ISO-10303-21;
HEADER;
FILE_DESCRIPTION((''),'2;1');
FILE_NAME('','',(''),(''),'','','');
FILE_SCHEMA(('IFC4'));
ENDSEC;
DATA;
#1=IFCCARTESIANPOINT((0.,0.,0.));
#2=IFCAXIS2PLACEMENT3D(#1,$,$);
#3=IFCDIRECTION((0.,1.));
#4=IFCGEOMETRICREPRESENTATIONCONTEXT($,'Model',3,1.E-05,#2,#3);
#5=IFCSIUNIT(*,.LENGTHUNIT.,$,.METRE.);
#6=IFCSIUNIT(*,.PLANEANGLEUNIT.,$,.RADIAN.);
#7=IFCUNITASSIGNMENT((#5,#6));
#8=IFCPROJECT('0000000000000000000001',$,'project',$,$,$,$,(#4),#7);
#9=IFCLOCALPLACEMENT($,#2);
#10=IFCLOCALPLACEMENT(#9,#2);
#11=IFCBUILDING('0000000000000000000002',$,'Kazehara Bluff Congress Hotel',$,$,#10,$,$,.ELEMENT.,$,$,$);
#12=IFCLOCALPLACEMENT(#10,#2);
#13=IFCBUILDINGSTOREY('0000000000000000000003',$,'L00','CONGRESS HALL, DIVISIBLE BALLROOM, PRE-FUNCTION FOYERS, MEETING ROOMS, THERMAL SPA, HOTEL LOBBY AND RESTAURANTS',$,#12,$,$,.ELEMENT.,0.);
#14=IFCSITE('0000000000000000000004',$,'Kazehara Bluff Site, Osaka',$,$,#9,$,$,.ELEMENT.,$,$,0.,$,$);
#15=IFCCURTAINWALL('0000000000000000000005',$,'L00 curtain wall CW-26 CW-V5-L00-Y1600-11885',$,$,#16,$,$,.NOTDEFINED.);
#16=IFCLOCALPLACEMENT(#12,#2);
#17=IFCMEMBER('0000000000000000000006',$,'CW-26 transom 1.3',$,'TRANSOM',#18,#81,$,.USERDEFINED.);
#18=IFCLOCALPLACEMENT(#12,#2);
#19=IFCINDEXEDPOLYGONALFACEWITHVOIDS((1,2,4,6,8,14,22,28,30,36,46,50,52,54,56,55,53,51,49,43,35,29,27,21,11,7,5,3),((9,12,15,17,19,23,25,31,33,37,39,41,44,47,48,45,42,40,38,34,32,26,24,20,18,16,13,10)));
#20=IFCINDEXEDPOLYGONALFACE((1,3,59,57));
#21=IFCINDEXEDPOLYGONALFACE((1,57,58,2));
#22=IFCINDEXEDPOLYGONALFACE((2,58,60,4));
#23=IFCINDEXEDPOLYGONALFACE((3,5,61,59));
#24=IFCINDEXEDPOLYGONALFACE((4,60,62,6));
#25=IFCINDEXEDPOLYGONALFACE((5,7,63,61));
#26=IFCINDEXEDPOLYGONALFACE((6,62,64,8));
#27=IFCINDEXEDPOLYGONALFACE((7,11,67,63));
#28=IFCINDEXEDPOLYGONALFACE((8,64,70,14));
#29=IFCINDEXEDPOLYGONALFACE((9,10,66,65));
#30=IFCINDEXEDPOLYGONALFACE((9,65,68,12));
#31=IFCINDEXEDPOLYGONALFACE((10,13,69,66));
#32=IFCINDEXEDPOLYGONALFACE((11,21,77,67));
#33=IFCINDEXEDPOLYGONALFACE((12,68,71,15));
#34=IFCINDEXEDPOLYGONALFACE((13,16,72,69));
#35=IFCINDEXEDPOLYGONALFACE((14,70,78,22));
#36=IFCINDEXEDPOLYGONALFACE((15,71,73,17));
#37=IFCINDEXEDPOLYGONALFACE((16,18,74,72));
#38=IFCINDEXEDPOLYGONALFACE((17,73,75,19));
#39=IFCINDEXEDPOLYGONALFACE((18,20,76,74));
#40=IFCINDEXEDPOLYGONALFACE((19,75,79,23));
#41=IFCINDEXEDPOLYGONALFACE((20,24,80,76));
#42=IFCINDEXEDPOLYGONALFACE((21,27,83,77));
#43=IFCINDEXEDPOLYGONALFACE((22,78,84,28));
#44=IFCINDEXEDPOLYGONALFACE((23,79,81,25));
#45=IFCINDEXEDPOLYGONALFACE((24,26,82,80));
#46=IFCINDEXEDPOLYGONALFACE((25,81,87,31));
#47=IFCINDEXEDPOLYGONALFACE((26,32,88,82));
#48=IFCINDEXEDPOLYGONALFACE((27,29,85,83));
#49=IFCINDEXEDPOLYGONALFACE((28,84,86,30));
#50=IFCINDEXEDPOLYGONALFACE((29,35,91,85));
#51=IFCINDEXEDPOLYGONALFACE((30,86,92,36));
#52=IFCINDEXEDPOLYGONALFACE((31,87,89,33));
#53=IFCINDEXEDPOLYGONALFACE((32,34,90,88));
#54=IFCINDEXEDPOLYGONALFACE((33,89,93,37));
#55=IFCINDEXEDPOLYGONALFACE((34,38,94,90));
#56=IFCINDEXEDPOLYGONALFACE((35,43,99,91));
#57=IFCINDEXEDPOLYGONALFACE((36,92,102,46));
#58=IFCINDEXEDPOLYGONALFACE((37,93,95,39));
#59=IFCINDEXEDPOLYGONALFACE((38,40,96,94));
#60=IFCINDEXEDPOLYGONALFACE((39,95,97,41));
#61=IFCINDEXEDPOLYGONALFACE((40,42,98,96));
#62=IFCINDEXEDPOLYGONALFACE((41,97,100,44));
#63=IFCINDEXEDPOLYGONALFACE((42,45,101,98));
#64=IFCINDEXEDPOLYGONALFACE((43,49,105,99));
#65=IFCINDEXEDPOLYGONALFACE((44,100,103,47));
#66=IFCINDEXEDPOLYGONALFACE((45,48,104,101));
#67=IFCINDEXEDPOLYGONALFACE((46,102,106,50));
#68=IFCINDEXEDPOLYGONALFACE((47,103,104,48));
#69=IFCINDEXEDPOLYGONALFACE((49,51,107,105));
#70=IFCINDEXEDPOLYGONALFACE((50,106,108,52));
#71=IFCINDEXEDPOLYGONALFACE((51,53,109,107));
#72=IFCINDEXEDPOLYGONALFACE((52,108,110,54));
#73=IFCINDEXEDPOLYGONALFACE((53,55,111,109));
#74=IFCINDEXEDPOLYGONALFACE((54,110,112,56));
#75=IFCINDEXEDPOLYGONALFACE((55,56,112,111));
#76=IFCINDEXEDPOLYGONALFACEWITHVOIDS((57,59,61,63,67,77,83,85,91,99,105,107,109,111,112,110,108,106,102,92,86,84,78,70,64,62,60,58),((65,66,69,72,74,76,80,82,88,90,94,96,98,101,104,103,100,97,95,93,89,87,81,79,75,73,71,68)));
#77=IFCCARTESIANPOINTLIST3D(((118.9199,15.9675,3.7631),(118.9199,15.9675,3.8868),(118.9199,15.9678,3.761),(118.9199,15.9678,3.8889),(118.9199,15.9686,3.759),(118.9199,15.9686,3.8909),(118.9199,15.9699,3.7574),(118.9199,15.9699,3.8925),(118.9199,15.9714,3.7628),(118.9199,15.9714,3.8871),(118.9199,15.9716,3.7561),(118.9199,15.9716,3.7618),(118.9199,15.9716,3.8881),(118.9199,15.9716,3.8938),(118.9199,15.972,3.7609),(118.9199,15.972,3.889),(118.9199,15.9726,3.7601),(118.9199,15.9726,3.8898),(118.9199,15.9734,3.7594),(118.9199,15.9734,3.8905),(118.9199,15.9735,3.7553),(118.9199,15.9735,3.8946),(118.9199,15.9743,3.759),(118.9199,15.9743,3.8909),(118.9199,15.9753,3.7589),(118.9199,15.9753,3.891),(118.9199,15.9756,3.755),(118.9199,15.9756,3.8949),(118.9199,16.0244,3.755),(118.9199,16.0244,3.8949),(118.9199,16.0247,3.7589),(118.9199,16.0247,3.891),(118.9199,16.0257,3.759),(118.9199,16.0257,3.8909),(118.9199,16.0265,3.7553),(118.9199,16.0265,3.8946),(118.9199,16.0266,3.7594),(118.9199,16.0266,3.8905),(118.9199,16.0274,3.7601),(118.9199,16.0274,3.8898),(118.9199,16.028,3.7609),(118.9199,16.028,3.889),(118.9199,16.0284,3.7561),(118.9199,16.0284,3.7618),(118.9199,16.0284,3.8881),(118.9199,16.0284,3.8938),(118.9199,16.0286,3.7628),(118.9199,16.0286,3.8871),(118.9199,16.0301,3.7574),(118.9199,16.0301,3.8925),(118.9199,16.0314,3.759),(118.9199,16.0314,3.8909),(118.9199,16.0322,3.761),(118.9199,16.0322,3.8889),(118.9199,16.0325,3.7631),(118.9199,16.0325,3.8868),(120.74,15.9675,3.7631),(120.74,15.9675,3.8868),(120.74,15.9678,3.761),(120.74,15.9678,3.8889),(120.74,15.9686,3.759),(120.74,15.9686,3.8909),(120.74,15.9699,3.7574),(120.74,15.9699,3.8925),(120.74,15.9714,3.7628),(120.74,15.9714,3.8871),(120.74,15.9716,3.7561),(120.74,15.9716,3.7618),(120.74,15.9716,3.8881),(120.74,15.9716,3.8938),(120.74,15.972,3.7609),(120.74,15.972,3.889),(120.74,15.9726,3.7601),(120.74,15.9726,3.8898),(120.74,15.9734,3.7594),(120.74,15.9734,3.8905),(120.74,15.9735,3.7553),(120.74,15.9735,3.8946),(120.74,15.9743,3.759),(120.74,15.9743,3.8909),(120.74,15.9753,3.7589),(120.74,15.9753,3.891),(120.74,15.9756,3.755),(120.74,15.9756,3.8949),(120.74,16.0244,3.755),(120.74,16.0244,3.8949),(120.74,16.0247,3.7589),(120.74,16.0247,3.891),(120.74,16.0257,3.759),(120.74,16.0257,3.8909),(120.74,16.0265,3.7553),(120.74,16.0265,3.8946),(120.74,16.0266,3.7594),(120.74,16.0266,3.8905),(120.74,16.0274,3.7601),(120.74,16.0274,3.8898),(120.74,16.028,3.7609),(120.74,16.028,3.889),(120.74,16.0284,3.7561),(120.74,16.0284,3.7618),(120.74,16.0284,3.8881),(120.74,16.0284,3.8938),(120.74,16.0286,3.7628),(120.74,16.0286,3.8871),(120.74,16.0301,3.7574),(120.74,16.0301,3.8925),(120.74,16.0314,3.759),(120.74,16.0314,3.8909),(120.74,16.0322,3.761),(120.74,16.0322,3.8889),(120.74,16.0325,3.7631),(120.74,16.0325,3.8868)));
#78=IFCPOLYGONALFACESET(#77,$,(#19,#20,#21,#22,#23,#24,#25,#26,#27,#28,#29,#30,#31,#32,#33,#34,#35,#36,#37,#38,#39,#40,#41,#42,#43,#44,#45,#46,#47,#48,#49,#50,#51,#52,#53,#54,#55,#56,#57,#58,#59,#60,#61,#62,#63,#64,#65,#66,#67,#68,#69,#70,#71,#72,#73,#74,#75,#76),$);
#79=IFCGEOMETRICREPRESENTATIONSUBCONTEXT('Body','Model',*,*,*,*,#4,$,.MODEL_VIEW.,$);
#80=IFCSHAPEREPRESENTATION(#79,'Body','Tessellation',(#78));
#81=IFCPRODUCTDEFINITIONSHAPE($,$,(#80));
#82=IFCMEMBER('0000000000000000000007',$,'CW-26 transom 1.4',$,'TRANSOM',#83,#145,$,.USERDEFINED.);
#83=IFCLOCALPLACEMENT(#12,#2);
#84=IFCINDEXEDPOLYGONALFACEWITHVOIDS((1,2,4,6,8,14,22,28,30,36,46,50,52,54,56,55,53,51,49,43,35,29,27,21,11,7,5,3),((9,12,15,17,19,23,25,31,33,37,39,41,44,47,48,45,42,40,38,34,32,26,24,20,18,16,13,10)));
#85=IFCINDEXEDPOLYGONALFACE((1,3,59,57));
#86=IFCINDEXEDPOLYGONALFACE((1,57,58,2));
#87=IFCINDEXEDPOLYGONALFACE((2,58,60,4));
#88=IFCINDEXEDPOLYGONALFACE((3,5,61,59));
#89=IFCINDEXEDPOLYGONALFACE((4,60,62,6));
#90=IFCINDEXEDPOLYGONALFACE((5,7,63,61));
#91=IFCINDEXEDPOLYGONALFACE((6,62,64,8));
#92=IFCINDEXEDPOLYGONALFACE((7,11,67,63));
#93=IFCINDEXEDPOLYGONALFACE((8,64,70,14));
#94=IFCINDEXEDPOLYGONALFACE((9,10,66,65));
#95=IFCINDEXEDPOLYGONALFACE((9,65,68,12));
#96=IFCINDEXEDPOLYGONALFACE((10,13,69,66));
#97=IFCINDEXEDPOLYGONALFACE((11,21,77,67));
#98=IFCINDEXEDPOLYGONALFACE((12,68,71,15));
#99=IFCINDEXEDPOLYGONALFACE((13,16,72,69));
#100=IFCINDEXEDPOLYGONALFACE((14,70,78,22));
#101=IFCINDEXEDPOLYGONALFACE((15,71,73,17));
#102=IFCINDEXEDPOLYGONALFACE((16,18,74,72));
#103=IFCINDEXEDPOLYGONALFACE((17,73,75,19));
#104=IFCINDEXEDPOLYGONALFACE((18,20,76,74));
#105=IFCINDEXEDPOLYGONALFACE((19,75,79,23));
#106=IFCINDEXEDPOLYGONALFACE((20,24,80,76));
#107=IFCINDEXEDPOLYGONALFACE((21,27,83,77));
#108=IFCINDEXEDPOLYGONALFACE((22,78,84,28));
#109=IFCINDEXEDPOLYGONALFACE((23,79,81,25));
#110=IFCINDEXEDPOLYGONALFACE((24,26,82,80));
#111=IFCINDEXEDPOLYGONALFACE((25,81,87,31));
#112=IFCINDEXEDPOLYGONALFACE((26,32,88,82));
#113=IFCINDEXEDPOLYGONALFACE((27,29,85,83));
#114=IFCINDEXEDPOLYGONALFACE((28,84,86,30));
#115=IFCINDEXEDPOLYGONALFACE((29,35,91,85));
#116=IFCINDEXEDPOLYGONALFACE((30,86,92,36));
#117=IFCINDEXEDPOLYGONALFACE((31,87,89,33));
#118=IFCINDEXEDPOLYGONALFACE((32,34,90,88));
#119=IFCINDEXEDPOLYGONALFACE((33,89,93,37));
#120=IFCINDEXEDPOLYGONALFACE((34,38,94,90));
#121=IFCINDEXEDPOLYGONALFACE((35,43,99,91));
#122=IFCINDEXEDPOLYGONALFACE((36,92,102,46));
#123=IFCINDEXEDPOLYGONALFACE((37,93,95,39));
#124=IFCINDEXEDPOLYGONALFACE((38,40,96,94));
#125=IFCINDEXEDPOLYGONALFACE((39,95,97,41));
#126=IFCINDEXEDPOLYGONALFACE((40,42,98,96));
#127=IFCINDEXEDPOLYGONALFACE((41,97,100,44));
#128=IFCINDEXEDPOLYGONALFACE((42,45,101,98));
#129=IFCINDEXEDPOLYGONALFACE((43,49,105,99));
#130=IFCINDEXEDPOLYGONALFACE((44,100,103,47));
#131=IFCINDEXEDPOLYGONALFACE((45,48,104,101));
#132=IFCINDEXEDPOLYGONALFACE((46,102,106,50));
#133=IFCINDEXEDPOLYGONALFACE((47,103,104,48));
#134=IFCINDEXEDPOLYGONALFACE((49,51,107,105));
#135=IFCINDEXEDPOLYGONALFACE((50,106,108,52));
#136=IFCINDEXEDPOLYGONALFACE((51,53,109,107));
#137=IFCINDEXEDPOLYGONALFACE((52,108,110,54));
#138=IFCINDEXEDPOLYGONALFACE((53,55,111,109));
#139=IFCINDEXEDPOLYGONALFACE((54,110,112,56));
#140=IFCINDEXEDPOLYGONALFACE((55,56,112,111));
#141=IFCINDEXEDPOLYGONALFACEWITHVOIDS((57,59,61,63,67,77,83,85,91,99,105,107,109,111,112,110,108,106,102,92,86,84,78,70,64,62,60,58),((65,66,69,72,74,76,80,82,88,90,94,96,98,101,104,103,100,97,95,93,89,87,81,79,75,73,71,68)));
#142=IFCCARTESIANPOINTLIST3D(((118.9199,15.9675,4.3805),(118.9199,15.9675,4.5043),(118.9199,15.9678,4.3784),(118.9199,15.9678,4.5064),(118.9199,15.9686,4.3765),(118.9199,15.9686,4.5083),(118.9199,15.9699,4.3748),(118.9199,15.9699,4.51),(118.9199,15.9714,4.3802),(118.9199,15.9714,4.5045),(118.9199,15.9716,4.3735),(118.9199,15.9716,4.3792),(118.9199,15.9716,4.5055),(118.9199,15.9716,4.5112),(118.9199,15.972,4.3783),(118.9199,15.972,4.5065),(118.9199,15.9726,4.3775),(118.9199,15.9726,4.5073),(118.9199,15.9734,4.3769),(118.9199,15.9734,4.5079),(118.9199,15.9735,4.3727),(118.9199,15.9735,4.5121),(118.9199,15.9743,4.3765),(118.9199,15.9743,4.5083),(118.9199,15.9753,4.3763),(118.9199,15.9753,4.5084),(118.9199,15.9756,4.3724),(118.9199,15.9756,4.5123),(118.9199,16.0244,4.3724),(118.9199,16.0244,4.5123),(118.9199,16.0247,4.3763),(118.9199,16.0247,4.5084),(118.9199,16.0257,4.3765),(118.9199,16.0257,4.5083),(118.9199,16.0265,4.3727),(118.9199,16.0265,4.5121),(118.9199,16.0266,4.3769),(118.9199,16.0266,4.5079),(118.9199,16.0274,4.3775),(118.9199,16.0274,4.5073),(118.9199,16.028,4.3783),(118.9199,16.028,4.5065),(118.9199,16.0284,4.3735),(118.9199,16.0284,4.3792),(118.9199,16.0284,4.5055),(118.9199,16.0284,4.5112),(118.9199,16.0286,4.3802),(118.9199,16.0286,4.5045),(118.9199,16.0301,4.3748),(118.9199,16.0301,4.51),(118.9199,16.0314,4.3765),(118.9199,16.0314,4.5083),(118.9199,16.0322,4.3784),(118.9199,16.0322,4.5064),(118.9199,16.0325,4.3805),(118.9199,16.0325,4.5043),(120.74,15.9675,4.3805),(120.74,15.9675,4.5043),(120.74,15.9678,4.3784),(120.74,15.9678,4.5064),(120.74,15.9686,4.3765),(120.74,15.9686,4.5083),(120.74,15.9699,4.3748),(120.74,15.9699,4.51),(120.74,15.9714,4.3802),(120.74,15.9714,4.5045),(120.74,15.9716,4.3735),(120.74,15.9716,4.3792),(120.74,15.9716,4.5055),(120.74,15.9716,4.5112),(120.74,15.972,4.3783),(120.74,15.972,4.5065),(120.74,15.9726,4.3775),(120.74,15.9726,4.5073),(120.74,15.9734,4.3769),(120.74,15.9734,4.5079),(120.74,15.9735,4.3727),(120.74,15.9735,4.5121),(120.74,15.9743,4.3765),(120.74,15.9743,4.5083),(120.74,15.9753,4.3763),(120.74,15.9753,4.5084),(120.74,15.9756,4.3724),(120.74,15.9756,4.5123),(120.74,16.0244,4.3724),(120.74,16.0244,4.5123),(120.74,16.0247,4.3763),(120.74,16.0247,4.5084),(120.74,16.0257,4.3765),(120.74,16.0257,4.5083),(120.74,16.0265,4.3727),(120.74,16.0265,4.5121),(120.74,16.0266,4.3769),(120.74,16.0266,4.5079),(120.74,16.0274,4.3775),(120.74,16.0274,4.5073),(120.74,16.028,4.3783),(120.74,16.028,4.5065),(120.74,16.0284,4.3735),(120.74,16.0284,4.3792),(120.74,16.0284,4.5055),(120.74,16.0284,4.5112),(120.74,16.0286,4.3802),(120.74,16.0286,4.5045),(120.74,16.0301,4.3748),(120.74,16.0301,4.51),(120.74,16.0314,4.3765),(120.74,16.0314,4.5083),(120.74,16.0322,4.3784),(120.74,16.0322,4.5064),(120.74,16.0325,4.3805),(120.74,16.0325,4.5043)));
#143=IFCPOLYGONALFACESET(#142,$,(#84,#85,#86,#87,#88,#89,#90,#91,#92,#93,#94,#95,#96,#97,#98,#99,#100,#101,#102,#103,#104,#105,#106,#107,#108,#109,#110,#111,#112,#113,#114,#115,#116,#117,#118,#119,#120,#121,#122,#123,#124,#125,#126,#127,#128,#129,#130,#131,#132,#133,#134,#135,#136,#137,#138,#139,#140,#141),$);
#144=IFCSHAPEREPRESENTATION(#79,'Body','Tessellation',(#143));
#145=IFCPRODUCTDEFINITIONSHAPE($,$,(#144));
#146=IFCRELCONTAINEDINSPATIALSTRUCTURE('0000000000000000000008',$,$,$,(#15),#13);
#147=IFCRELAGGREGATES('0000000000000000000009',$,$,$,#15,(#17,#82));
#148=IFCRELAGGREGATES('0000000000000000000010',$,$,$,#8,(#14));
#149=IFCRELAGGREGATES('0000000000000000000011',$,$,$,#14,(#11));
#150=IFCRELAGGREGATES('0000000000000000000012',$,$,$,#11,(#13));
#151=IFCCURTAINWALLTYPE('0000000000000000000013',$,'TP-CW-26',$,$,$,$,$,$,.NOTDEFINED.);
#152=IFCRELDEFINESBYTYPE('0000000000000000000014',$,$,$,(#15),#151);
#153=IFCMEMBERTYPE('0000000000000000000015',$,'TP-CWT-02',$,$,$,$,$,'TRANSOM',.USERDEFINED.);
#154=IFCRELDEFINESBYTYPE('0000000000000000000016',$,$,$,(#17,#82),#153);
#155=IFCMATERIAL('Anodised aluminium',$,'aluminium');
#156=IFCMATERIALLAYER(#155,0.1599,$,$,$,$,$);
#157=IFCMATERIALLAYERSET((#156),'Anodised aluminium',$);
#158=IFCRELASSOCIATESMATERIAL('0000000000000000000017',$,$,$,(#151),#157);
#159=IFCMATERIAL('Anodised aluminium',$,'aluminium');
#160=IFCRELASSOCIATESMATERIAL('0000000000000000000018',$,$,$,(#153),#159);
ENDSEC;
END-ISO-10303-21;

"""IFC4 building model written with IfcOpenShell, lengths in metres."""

from ifc_helpers import new_model, si_unit, direction, frame, origin, origin_2d, place, context, subcontext, project, spatial, hollow_rectangle, extrude, material, layer, layer_set, material_profile, profile_set, type_object, element, aggregate, save


model = new_model("IFC4")

# Units and contexts
model_context = context("Model", 3, precision=1e-05, world=origin(), true_north=direction((0.0, 1.0)))
body_context = subcontext(model_context, "Body", "Model", "MODEL_VIEW")
ifc_project = project(units=[si_unit("LENGTHUNIT", "METRE"), si_unit("PLANEANGLEUNIT", "RADIAN")], contexts=[model_context])

# Site, building, storey
site_placement = place(None, origin())
site = spatial("IfcSite", under=ifc_project, at=site_placement, Name="Kazehara Bluff Site, Osaka", CompositionType="ELEMENT", RefElevation=0.0)
building_placement = place(site_placement, origin())
building = spatial("IfcBuilding", under=site, at=building_placement, Name="Kazehara Bluff Congress Hotel", CompositionType="ELEMENT")
storey_placement = place(building_placement, origin())
storey = spatial("IfcBuildingStorey", under=building, at=storey_placement, Name="L00", Description="CONGRESS HALL, DIVISIBLE BALLROOM, PRE-FUNCTION FOYERS, MEETING ROOMS, THERMAL SPA, HOTEL LOBBY AND RESTAURANTS", CompositionType="ELEMENT", Elevation=0.0)

# Curtain wall, members
ifc_material_1 = material(Name="Anodised aluminium", Category="aluminium")
ifc_layer_1 = layer(ifc_material_1, 0.1599)
ifc_layer_set_1 = layer_set([ifc_layer_1], Name="Anodised aluminium")
curtain_wall_type = type_object("IfcCurtainWallType", Name="TP-CW-26", PredefinedType="NOTDEFINED", material=ifc_layer_set_1)
curtain_wall_placement = place(storey_placement, origin())
curtain_wall = element("IfcCurtainWall", 1, at=curtain_wall_placement, inside=storey, type_object=curtain_wall_type, Name="L00 curtain wall CW-26 CW-V5-L00-Y1600-11885", PredefinedType="NOTDEFINED")
ifc_material_2 = material(Name="Anodised aluminium", Category="aluminium")
ifc_material_profile_1 = material_profile(ifc_material_2, hollow_rectangle(XDim=0.0649, YDim=0.1399, WallThickness=0.0039, InnerFilletRadius=0.0039, OuterFilletRadius=0.0081, at=origin_2d()))
ifc_profile_set_1 = profile_set([ifc_material_profile_1], Name="Anodised aluminium")
member_type_1 = type_object("IfcMemberType", Name="TP-CWT-02", ElementType="TRANSOM", PredefinedType="USERDEFINED", material=ifc_profile_set_1)
member_1_placement = place(storey_placement, frame((118.9199, 16.0, 3.825), z_axis=(1.0, 0.0, 0.0), x_axis=(0.0, 1.0, 0.0)))
member_1 = element("IfcMember", 2, at=member_1_placement, type_object=member_type_1, Name="CW-26 transom 1.3", ObjectType="TRANSOM", PredefinedType="USERDEFINED", context=body_context, shape_type="SweptSolid", body=[
    extrude(hollow_rectangle(XDim=0.0649, YDim=0.1399, WallThickness=0.0039, InnerFilletRadius=0.0039, OuterFilletRadius=0.0081, at=origin_2d()), origin(), (0.0, 0.0, 1.0), 1.8201),
])
member_2_placement = place(storey_placement, frame((118.9199, 16.0, 4.4424), z_axis=(1.0, 0.0, 0.0), x_axis=(0.0, 1.0, 0.0)))
member_2 = element("IfcMember", 3, at=member_2_placement, type_object=member_type_1, Name="CW-26 transom 1.4", ObjectType="TRANSOM", PredefinedType="USERDEFINED", context=body_context, shape_type="SweptSolid", body=[
    extrude(hollow_rectangle(XDim=0.0649, YDim=0.1399, WallThickness=0.0039, InnerFilletRadius=0.0039, OuterFilletRadius=0.0081, at=origin_2d()), origin(), (0.0, 0.0, 1.0), 1.8201),
])

aggregate(curtain_wall, [member_1, member_2])

save(model, "model.ifc")
